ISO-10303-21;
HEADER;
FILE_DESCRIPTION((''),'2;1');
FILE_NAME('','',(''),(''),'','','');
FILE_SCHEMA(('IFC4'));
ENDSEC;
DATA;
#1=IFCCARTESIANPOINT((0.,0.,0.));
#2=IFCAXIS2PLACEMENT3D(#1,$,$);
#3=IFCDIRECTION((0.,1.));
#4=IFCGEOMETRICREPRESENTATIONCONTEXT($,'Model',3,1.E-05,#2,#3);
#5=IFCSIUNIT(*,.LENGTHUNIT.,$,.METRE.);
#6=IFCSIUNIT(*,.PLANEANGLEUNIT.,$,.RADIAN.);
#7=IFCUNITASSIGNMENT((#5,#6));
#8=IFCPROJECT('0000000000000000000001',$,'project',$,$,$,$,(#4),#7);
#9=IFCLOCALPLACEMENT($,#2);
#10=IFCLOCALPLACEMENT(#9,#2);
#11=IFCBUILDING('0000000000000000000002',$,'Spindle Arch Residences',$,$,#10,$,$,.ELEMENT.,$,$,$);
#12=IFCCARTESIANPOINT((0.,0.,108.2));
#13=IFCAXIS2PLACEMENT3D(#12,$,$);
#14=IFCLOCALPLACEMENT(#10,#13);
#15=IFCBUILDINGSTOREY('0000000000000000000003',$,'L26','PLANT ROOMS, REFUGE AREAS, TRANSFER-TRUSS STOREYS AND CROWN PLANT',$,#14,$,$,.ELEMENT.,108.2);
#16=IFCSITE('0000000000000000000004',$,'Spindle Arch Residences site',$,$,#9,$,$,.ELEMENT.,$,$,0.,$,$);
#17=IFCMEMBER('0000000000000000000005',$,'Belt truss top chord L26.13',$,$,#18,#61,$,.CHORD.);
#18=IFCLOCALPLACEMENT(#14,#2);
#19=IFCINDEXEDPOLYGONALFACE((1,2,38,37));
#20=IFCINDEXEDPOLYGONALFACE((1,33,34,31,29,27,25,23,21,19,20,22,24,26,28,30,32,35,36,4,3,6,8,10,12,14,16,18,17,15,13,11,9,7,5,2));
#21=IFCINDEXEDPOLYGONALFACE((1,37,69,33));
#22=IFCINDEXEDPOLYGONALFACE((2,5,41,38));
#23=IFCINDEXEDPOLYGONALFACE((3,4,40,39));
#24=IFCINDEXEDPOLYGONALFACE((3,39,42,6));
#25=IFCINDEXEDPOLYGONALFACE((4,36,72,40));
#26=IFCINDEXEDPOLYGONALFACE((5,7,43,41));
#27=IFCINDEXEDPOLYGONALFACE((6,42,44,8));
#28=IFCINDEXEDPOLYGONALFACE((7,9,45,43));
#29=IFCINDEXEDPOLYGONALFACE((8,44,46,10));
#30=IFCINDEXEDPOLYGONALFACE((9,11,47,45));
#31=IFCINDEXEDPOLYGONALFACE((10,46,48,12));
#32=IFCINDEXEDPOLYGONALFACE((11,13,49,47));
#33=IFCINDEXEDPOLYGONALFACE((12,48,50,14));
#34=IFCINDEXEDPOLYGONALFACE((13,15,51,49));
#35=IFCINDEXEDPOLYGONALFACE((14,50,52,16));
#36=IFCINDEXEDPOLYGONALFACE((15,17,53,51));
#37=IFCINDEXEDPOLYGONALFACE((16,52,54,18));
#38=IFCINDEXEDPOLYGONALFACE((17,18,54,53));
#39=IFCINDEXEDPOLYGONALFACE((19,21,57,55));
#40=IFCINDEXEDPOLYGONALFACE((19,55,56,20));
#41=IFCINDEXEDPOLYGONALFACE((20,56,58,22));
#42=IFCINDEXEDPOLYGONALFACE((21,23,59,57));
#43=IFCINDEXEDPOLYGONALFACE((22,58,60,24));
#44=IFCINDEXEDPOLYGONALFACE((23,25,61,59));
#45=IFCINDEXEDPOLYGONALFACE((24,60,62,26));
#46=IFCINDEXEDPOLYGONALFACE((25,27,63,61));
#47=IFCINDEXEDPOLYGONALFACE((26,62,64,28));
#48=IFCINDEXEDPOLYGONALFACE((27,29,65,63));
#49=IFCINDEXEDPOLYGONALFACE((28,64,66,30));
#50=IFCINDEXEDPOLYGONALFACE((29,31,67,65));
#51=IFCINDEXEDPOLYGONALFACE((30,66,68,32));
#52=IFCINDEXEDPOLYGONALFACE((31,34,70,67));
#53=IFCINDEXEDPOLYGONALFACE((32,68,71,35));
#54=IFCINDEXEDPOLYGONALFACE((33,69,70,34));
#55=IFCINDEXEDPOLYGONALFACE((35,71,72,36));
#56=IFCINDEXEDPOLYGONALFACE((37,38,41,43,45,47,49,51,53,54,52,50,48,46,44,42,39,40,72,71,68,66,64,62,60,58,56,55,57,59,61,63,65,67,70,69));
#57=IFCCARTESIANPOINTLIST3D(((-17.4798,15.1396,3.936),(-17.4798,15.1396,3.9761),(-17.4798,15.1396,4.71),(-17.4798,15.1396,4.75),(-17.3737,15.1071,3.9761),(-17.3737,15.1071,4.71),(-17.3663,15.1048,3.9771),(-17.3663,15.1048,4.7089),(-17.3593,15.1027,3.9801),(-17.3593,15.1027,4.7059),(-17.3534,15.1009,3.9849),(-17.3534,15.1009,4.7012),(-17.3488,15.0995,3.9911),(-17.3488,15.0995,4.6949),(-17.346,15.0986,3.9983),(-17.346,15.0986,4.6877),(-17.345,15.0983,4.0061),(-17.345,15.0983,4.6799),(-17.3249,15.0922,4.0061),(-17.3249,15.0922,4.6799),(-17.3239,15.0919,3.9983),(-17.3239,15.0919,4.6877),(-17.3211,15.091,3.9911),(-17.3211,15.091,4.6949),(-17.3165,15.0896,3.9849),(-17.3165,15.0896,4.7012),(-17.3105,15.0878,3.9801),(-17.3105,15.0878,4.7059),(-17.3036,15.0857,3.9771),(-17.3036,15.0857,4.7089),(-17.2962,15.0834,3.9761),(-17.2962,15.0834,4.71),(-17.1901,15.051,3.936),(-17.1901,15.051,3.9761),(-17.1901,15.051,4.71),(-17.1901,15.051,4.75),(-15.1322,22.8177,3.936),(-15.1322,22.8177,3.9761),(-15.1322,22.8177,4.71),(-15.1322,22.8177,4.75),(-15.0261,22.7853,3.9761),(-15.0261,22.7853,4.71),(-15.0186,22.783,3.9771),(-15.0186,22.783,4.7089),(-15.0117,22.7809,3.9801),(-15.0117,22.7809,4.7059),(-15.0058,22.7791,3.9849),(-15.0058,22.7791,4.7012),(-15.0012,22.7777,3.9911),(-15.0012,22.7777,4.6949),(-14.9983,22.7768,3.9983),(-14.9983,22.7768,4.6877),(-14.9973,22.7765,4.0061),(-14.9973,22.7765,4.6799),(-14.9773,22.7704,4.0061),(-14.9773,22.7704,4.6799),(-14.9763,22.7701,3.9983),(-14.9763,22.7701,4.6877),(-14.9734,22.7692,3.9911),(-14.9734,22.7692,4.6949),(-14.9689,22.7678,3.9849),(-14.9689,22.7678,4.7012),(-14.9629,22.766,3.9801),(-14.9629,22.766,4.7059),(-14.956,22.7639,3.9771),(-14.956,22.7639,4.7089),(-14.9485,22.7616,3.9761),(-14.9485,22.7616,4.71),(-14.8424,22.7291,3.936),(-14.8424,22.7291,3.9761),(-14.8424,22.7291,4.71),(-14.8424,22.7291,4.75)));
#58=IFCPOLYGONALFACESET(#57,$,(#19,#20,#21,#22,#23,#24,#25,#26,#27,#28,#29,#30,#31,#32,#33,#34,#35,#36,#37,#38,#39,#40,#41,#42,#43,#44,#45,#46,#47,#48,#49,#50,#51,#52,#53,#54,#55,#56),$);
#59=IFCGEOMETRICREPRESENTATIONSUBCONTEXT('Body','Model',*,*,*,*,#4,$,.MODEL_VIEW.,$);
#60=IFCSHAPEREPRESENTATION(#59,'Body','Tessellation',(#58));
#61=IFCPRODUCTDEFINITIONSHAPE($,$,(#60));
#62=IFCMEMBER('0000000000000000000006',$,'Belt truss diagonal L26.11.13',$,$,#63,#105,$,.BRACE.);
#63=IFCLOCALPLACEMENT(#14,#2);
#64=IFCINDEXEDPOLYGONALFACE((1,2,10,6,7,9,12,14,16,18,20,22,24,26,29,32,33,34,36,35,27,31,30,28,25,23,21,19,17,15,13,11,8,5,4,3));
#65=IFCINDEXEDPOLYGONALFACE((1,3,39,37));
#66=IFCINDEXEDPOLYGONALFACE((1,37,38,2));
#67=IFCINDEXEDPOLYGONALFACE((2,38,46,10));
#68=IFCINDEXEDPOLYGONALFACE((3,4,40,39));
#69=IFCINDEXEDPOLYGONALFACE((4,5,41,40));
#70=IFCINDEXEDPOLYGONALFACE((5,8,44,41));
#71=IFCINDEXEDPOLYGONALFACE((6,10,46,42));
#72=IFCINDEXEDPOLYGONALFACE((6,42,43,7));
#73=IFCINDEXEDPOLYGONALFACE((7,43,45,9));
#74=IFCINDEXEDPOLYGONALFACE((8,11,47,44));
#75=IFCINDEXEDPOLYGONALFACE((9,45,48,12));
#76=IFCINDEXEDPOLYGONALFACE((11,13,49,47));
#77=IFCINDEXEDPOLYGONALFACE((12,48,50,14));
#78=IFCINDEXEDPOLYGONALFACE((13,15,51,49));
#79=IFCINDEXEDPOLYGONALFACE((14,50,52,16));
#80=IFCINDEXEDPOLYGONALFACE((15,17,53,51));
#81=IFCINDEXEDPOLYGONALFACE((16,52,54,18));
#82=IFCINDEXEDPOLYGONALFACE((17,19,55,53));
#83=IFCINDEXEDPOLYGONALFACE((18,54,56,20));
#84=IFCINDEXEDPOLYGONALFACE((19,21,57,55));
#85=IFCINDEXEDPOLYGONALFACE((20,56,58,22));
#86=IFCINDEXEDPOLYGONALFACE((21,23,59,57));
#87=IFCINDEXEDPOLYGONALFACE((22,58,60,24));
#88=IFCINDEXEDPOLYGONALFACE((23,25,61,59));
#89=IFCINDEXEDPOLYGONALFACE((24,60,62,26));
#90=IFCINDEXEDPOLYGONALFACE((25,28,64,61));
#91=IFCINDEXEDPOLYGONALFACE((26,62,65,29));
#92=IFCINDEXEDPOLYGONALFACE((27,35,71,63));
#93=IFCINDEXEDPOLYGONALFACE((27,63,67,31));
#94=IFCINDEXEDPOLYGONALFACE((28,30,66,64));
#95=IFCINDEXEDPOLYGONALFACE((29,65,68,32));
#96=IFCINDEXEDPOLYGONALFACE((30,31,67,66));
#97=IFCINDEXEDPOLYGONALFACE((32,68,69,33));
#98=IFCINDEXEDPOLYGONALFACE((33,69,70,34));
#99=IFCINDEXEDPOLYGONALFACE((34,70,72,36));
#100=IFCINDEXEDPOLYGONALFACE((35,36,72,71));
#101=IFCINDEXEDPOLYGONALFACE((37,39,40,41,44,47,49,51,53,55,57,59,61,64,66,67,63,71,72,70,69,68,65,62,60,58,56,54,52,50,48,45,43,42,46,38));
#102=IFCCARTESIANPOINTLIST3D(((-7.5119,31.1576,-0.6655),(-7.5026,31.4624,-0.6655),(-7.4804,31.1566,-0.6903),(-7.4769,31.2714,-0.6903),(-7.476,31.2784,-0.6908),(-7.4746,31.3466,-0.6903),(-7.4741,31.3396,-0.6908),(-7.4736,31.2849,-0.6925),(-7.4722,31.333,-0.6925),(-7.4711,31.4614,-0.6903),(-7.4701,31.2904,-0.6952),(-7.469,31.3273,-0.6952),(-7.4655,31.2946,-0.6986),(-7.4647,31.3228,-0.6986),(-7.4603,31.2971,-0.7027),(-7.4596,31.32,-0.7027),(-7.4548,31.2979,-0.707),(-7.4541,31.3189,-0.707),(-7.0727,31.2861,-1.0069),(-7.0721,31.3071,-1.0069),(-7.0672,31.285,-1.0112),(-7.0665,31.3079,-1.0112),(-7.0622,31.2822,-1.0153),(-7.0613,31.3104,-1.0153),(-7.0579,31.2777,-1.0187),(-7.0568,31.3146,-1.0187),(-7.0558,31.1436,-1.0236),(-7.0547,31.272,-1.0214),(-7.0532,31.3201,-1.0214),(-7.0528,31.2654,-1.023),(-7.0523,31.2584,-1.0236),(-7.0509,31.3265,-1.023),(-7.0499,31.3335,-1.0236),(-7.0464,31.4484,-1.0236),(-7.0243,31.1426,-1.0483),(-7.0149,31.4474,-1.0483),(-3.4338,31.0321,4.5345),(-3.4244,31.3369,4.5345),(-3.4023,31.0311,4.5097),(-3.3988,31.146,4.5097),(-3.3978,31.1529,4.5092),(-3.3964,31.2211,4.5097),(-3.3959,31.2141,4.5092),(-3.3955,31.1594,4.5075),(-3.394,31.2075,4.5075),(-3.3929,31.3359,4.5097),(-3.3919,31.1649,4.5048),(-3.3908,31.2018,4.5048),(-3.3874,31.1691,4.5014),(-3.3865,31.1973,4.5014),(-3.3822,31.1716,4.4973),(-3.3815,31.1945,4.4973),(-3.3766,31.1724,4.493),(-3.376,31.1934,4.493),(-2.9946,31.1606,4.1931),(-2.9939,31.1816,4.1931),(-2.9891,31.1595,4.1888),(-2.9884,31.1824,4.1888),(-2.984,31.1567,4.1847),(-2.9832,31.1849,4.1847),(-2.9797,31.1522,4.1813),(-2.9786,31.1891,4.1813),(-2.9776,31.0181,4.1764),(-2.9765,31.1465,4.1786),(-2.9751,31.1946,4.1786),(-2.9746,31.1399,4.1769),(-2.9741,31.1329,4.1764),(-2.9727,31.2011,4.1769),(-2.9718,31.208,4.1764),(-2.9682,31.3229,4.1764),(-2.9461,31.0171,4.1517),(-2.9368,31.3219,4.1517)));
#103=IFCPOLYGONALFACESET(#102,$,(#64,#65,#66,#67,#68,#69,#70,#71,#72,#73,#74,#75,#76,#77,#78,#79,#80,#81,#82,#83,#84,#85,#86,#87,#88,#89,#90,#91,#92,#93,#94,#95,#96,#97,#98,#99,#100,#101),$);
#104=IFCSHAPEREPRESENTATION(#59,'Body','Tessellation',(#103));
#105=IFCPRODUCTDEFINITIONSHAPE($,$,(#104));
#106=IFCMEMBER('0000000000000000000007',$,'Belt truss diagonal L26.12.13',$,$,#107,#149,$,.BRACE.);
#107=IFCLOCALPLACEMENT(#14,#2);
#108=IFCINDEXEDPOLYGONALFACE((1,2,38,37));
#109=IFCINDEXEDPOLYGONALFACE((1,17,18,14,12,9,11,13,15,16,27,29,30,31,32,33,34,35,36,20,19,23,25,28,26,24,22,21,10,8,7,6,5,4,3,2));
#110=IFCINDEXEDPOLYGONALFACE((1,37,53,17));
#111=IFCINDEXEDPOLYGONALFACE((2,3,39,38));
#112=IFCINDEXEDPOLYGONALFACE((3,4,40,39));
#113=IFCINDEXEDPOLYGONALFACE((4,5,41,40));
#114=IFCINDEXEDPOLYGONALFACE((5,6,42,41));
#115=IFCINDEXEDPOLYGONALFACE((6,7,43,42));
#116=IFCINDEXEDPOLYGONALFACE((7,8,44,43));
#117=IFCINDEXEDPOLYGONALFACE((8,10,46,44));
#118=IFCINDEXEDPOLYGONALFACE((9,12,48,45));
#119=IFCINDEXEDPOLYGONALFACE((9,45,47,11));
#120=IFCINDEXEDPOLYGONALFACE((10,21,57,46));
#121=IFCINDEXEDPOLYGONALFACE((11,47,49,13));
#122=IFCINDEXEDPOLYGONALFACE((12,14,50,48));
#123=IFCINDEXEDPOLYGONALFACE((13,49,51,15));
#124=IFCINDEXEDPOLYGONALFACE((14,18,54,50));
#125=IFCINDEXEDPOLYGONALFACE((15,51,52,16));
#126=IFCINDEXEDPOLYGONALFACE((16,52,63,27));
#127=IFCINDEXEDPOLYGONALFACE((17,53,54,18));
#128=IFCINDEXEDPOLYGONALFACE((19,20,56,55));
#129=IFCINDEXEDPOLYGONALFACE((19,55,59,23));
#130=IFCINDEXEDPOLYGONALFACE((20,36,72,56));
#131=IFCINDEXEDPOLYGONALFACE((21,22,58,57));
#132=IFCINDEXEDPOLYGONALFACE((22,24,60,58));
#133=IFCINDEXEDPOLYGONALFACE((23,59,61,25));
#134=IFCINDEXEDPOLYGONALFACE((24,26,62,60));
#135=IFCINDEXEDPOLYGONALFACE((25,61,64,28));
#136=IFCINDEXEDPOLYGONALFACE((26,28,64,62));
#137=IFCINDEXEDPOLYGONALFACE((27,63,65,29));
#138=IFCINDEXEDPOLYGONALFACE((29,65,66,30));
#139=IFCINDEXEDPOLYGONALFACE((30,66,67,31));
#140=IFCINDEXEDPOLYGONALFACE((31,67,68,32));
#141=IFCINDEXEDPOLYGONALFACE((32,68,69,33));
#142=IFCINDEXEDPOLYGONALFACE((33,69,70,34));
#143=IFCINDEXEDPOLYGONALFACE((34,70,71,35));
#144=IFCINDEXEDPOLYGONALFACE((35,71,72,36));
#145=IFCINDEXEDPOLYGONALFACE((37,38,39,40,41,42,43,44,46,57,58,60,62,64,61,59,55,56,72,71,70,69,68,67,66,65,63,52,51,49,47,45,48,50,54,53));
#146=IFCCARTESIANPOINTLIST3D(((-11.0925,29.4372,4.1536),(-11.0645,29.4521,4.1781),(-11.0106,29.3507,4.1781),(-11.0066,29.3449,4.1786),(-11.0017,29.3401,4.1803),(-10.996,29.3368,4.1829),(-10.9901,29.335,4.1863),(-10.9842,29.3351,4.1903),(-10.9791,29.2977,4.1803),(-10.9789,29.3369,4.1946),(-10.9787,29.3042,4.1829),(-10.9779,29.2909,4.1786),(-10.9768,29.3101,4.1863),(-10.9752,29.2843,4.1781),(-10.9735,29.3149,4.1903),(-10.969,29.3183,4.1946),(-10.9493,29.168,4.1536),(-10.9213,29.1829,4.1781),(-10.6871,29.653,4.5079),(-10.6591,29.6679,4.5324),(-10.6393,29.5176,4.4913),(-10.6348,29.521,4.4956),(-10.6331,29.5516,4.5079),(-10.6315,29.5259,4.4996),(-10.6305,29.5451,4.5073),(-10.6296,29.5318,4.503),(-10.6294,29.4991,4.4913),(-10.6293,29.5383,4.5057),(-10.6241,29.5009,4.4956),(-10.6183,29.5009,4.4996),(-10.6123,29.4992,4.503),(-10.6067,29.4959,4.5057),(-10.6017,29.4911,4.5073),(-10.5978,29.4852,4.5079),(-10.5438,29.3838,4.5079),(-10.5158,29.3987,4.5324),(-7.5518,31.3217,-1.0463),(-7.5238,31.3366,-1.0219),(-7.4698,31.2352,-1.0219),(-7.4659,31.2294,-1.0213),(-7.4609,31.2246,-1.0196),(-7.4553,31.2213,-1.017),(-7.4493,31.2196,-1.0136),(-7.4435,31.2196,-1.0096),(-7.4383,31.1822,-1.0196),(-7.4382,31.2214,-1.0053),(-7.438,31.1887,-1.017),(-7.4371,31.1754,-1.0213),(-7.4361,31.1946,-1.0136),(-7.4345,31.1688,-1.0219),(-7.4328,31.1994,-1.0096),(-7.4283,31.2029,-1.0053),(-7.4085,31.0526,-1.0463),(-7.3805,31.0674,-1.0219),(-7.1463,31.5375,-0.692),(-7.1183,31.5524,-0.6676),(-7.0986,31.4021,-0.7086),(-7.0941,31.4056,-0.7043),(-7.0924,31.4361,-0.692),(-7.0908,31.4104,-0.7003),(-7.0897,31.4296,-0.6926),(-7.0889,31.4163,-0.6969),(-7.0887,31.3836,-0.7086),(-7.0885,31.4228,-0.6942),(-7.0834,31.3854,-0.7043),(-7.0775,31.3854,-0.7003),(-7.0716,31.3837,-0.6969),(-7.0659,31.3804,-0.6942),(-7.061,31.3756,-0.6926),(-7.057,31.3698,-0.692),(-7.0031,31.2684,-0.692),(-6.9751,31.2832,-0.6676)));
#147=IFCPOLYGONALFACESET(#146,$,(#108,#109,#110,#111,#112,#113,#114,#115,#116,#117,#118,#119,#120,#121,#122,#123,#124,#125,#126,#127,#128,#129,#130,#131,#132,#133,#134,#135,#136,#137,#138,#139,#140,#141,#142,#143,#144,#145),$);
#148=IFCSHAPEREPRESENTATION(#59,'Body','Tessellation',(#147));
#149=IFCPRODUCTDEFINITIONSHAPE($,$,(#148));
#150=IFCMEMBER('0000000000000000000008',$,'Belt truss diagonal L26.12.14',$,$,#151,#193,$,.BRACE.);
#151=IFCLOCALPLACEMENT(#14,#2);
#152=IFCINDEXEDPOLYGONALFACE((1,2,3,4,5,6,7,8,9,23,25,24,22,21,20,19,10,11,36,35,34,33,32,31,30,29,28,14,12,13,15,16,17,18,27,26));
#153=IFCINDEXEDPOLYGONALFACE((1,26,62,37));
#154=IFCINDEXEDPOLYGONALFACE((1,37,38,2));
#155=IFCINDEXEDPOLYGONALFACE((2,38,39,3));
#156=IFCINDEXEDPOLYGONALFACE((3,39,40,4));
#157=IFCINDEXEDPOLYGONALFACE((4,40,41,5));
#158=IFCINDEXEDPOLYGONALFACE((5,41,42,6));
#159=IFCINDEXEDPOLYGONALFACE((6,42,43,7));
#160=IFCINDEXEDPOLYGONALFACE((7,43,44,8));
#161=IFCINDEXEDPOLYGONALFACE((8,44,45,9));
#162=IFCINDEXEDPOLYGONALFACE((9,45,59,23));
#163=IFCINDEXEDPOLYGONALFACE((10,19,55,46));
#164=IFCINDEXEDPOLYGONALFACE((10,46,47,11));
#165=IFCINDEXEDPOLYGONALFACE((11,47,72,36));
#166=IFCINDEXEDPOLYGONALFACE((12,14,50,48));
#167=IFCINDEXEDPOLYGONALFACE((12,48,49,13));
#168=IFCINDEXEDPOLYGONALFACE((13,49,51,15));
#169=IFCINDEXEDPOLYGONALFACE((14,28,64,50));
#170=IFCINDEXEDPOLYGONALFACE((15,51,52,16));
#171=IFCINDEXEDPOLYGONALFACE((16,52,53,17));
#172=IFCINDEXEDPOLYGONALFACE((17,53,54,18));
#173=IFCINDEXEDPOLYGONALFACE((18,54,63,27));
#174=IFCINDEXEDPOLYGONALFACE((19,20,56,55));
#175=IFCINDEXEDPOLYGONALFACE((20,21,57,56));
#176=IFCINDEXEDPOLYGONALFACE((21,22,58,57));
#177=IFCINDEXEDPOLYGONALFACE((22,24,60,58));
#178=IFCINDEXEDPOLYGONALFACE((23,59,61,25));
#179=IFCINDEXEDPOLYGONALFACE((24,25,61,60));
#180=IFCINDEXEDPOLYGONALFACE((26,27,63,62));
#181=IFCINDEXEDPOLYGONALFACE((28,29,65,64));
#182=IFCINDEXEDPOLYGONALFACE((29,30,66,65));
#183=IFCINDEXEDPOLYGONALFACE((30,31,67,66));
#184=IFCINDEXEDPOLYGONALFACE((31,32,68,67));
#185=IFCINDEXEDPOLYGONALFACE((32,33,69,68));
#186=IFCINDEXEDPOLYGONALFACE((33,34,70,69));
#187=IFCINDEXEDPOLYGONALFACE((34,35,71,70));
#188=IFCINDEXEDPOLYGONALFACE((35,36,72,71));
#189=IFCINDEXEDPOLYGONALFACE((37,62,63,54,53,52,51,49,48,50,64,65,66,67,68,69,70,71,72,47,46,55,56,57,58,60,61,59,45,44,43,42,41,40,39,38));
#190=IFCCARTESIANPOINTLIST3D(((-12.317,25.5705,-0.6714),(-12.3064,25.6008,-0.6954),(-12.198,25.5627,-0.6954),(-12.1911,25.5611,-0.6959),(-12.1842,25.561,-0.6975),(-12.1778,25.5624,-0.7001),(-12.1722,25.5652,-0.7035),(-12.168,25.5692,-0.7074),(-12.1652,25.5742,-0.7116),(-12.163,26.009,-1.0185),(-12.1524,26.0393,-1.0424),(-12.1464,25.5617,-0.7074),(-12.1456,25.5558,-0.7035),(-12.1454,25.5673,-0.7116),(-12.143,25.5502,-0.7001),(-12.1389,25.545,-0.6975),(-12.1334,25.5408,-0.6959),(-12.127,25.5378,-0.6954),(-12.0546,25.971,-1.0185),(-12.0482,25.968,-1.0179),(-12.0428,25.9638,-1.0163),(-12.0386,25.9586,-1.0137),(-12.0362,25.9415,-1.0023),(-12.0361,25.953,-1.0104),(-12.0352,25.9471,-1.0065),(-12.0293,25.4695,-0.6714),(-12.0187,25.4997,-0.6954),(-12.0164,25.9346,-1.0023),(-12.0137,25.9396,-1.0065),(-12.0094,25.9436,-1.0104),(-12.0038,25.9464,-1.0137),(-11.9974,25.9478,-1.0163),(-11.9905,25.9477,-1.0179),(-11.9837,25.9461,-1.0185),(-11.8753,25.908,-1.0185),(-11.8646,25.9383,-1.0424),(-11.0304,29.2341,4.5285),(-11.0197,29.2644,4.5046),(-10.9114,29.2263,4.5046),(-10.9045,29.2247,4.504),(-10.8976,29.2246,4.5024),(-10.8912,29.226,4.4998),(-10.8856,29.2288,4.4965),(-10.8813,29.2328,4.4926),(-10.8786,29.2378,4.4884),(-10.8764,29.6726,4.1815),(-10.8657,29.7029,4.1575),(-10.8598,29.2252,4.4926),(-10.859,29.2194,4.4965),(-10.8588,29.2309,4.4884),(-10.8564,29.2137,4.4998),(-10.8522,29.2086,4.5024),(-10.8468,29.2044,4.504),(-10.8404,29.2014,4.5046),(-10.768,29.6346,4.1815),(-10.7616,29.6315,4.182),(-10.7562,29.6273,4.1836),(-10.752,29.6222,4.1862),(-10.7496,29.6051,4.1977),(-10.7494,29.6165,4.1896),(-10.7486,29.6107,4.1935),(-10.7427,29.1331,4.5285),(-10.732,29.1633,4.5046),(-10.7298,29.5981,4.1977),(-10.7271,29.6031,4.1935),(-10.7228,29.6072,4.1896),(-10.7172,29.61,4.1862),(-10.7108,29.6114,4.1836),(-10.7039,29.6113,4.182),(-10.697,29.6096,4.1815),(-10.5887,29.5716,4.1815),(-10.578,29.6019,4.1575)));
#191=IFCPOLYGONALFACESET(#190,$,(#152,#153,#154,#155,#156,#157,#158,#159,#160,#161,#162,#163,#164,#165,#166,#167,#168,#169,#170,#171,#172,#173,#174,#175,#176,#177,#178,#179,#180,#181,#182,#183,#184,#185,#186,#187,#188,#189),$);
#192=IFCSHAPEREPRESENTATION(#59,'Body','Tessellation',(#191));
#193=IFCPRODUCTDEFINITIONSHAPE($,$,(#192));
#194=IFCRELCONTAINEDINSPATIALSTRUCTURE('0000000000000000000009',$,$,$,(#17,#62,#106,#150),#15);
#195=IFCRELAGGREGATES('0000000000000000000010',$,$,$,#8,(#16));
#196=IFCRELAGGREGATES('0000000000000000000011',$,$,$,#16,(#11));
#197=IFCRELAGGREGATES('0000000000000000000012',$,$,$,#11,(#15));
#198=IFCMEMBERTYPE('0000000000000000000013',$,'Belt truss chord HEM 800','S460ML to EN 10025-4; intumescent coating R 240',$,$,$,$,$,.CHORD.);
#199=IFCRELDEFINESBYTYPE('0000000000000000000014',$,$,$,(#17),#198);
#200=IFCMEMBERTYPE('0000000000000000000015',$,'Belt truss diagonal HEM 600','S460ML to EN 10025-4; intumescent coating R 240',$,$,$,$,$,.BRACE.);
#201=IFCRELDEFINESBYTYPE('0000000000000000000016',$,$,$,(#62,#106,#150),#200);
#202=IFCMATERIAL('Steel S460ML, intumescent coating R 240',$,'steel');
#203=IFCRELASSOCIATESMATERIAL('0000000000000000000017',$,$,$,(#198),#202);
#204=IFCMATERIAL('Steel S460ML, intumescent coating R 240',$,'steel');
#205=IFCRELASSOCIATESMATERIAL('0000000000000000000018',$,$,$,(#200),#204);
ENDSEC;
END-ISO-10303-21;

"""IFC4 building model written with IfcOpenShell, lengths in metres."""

from ifc_helpers import new_model, si_unit, direction, frame, origin, origin_2d, place, context, subcontext, project, spatial, i_section, extrude, material, material_profile, profile_set, type_object, element, save


model = new_model("IFC4")

# Units and contexts
model_context = context("Model", 3, precision=1e-05, world=origin(), true_north=direction((0.0, 1.0)))
body_context = subcontext(model_context, "Body", "Model", "MODEL_VIEW")
ifc_project = project(units=[si_unit("LENGTHUNIT", "METRE"), si_unit("PLANEANGLEUNIT", "RADIAN")], contexts=[model_context])

# Site, building, storey
site_placement = place(None, origin())
site = spatial("IfcSite", under=ifc_project, at=site_placement, Name="Spindle Arch Residences site", CompositionType="ELEMENT", RefElevation=0.0)
building_placement = place(site_placement, origin())
building = spatial("IfcBuilding", under=site, at=building_placement, Name="Spindle Arch Residences", CompositionType="ELEMENT")
storey_placement = place(building_placement, frame((0.0, 0.0, 108.2)))
storey = spatial("IfcBuildingStorey", under=building, at=storey_placement, Name="L26", Description="PLANT ROOMS, REFUGE AREAS, TRANSFER-TRUSS STOREYS AND CROWN PLANT", CompositionType="ELEMENT", Elevation=108.2)

# Members
ifc_material_1 = material(Name="Steel S460ML, intumescent coating R 240", Category="steel")
ifc_material_profile_1 = material_profile(ifc_material_1, i_section(OverallWidth=0.303, OverallDepth=0.814, WebThickness=0.021, FlangeThickness=0.04, FilletRadius=0.03, at=origin_2d()), Name="HEM 800")
ifc_profile_set_1 = profile_set([ifc_material_profile_1], Name="Steel S460ML, intumescent coating R 240")
member_type_1 = type_object("IfcMemberType", Name="Belt truss chord HEM 800", Description="S460ML to EN 10025-4; intumescent coating R 240", PredefinedType="CHORD", material=ifc_profile_set_1)
member_1_placement = place(storey_placement, frame((-14.9873, 22.7734, 4.343), z_axis=(-0.292393, -0.956298, 0.0), x_axis=(0.956298, -0.292393, 0.0)))
element("IfcMember", 1, at=member_1_placement, inside=storey, type_object=member_type_1, Name="Belt truss top chord L26.13", PredefinedType="CHORD", context=body_context, shape_type="SweptSolid", body=[
    extrude(i_section(OverallWidth=0.303, OverallDepth=0.814, WebThickness=0.021, FlangeThickness=0.04, FilletRadius=0.03, at=origin_2d()), origin(), (0.0, 0.0, 1.0), 8.0291),
])
ifc_material_2 = material(Name="Steel S460ML, intumescent coating R 240", Category="steel")
ifc_material_profile_2 = material_profile(ifc_material_2, i_section(OverallWidth=0.3049, OverallDepth=0.6201, WebThickness=0.021, FlangeThickness=0.04, FilletRadius=0.0271, at=origin_2d()), Name="HEM 600")
ifc_profile_set_2 = profile_set([ifc_material_profile_2], Name="Steel S460ML, intumescent coating R 240")
member_type_2 = type_object("IfcMemberType", Name="Belt truss diagonal HEM 600", Description="S460ML to EN 10025-4; intumescent coating R 240", PredefinedType="BRACE", material=ifc_profile_set_2)
member_2_placement = place(storey_placement, frame((-7.2634, 31.3025, -0.8569), z_axis=(0.617004, -0.018986, 0.786731), x_axis=(0.030757, 0.999527, 0.0)))
element("IfcMember", 2, at=member_2_placement, inside=storey, type_object=member_type_2, Name="Belt truss diagonal L26.11.13", PredefinedType="BRACE", context=body_context, shape_type="SweptSolid", body=[
    extrude(i_section(OverallWidth=0.3049, OverallDepth=0.6201, WebThickness=0.021, FlangeThickness=0.04, FilletRadius=0.0271, at=origin_2d()), origin(), (0.0, 0.0, 1.0), 6.6096),
])
member_3_placement = place(storey_placement, frame((-7.2634, 31.3025, -0.8569), z_axis=(-0.539161, -0.28696, 0.791808), x_axis=(0.469833, -0.882755, 0.0)))
element("IfcMember", 3, at=member_3_placement, inside=storey, type_object=member_type_2, Name="Belt truss diagonal L26.12.13", PredefinedType="BRACE", context=body_context, shape_type="SweptSolid", body=[
    extrude(i_section(OverallWidth=0.3049, OverallDepth=0.6201, WebThickness=0.021, FlangeThickness=0.04, FilletRadius=0.0271, at=origin_2d()), origin(), (0.0, 0.0, 1.0), 6.5671),
])
member_4_placement = place(storey_placement, frame((-12.0908, 25.7544, -0.8569), z_axis=(0.198255, 0.564518, 0.801258), x_axis=(-0.943507, 0.331353, 0.0)))
element("IfcMember", 4, at=member_4_placement, inside=storey, type_object=member_type_2, Name="Belt truss diagonal L26.12.14", PredefinedType="BRACE", context=body_context, shape_type="SweptSolid", body=[
    extrude(i_section(OverallWidth=0.3049, OverallDepth=0.6201, WebThickness=0.021, FlangeThickness=0.04, FilletRadius=0.0271, at=origin_2d()), origin(), (0.0, 0.0, 1.0), 6.4897),
])

save(model, "model.ifc")
